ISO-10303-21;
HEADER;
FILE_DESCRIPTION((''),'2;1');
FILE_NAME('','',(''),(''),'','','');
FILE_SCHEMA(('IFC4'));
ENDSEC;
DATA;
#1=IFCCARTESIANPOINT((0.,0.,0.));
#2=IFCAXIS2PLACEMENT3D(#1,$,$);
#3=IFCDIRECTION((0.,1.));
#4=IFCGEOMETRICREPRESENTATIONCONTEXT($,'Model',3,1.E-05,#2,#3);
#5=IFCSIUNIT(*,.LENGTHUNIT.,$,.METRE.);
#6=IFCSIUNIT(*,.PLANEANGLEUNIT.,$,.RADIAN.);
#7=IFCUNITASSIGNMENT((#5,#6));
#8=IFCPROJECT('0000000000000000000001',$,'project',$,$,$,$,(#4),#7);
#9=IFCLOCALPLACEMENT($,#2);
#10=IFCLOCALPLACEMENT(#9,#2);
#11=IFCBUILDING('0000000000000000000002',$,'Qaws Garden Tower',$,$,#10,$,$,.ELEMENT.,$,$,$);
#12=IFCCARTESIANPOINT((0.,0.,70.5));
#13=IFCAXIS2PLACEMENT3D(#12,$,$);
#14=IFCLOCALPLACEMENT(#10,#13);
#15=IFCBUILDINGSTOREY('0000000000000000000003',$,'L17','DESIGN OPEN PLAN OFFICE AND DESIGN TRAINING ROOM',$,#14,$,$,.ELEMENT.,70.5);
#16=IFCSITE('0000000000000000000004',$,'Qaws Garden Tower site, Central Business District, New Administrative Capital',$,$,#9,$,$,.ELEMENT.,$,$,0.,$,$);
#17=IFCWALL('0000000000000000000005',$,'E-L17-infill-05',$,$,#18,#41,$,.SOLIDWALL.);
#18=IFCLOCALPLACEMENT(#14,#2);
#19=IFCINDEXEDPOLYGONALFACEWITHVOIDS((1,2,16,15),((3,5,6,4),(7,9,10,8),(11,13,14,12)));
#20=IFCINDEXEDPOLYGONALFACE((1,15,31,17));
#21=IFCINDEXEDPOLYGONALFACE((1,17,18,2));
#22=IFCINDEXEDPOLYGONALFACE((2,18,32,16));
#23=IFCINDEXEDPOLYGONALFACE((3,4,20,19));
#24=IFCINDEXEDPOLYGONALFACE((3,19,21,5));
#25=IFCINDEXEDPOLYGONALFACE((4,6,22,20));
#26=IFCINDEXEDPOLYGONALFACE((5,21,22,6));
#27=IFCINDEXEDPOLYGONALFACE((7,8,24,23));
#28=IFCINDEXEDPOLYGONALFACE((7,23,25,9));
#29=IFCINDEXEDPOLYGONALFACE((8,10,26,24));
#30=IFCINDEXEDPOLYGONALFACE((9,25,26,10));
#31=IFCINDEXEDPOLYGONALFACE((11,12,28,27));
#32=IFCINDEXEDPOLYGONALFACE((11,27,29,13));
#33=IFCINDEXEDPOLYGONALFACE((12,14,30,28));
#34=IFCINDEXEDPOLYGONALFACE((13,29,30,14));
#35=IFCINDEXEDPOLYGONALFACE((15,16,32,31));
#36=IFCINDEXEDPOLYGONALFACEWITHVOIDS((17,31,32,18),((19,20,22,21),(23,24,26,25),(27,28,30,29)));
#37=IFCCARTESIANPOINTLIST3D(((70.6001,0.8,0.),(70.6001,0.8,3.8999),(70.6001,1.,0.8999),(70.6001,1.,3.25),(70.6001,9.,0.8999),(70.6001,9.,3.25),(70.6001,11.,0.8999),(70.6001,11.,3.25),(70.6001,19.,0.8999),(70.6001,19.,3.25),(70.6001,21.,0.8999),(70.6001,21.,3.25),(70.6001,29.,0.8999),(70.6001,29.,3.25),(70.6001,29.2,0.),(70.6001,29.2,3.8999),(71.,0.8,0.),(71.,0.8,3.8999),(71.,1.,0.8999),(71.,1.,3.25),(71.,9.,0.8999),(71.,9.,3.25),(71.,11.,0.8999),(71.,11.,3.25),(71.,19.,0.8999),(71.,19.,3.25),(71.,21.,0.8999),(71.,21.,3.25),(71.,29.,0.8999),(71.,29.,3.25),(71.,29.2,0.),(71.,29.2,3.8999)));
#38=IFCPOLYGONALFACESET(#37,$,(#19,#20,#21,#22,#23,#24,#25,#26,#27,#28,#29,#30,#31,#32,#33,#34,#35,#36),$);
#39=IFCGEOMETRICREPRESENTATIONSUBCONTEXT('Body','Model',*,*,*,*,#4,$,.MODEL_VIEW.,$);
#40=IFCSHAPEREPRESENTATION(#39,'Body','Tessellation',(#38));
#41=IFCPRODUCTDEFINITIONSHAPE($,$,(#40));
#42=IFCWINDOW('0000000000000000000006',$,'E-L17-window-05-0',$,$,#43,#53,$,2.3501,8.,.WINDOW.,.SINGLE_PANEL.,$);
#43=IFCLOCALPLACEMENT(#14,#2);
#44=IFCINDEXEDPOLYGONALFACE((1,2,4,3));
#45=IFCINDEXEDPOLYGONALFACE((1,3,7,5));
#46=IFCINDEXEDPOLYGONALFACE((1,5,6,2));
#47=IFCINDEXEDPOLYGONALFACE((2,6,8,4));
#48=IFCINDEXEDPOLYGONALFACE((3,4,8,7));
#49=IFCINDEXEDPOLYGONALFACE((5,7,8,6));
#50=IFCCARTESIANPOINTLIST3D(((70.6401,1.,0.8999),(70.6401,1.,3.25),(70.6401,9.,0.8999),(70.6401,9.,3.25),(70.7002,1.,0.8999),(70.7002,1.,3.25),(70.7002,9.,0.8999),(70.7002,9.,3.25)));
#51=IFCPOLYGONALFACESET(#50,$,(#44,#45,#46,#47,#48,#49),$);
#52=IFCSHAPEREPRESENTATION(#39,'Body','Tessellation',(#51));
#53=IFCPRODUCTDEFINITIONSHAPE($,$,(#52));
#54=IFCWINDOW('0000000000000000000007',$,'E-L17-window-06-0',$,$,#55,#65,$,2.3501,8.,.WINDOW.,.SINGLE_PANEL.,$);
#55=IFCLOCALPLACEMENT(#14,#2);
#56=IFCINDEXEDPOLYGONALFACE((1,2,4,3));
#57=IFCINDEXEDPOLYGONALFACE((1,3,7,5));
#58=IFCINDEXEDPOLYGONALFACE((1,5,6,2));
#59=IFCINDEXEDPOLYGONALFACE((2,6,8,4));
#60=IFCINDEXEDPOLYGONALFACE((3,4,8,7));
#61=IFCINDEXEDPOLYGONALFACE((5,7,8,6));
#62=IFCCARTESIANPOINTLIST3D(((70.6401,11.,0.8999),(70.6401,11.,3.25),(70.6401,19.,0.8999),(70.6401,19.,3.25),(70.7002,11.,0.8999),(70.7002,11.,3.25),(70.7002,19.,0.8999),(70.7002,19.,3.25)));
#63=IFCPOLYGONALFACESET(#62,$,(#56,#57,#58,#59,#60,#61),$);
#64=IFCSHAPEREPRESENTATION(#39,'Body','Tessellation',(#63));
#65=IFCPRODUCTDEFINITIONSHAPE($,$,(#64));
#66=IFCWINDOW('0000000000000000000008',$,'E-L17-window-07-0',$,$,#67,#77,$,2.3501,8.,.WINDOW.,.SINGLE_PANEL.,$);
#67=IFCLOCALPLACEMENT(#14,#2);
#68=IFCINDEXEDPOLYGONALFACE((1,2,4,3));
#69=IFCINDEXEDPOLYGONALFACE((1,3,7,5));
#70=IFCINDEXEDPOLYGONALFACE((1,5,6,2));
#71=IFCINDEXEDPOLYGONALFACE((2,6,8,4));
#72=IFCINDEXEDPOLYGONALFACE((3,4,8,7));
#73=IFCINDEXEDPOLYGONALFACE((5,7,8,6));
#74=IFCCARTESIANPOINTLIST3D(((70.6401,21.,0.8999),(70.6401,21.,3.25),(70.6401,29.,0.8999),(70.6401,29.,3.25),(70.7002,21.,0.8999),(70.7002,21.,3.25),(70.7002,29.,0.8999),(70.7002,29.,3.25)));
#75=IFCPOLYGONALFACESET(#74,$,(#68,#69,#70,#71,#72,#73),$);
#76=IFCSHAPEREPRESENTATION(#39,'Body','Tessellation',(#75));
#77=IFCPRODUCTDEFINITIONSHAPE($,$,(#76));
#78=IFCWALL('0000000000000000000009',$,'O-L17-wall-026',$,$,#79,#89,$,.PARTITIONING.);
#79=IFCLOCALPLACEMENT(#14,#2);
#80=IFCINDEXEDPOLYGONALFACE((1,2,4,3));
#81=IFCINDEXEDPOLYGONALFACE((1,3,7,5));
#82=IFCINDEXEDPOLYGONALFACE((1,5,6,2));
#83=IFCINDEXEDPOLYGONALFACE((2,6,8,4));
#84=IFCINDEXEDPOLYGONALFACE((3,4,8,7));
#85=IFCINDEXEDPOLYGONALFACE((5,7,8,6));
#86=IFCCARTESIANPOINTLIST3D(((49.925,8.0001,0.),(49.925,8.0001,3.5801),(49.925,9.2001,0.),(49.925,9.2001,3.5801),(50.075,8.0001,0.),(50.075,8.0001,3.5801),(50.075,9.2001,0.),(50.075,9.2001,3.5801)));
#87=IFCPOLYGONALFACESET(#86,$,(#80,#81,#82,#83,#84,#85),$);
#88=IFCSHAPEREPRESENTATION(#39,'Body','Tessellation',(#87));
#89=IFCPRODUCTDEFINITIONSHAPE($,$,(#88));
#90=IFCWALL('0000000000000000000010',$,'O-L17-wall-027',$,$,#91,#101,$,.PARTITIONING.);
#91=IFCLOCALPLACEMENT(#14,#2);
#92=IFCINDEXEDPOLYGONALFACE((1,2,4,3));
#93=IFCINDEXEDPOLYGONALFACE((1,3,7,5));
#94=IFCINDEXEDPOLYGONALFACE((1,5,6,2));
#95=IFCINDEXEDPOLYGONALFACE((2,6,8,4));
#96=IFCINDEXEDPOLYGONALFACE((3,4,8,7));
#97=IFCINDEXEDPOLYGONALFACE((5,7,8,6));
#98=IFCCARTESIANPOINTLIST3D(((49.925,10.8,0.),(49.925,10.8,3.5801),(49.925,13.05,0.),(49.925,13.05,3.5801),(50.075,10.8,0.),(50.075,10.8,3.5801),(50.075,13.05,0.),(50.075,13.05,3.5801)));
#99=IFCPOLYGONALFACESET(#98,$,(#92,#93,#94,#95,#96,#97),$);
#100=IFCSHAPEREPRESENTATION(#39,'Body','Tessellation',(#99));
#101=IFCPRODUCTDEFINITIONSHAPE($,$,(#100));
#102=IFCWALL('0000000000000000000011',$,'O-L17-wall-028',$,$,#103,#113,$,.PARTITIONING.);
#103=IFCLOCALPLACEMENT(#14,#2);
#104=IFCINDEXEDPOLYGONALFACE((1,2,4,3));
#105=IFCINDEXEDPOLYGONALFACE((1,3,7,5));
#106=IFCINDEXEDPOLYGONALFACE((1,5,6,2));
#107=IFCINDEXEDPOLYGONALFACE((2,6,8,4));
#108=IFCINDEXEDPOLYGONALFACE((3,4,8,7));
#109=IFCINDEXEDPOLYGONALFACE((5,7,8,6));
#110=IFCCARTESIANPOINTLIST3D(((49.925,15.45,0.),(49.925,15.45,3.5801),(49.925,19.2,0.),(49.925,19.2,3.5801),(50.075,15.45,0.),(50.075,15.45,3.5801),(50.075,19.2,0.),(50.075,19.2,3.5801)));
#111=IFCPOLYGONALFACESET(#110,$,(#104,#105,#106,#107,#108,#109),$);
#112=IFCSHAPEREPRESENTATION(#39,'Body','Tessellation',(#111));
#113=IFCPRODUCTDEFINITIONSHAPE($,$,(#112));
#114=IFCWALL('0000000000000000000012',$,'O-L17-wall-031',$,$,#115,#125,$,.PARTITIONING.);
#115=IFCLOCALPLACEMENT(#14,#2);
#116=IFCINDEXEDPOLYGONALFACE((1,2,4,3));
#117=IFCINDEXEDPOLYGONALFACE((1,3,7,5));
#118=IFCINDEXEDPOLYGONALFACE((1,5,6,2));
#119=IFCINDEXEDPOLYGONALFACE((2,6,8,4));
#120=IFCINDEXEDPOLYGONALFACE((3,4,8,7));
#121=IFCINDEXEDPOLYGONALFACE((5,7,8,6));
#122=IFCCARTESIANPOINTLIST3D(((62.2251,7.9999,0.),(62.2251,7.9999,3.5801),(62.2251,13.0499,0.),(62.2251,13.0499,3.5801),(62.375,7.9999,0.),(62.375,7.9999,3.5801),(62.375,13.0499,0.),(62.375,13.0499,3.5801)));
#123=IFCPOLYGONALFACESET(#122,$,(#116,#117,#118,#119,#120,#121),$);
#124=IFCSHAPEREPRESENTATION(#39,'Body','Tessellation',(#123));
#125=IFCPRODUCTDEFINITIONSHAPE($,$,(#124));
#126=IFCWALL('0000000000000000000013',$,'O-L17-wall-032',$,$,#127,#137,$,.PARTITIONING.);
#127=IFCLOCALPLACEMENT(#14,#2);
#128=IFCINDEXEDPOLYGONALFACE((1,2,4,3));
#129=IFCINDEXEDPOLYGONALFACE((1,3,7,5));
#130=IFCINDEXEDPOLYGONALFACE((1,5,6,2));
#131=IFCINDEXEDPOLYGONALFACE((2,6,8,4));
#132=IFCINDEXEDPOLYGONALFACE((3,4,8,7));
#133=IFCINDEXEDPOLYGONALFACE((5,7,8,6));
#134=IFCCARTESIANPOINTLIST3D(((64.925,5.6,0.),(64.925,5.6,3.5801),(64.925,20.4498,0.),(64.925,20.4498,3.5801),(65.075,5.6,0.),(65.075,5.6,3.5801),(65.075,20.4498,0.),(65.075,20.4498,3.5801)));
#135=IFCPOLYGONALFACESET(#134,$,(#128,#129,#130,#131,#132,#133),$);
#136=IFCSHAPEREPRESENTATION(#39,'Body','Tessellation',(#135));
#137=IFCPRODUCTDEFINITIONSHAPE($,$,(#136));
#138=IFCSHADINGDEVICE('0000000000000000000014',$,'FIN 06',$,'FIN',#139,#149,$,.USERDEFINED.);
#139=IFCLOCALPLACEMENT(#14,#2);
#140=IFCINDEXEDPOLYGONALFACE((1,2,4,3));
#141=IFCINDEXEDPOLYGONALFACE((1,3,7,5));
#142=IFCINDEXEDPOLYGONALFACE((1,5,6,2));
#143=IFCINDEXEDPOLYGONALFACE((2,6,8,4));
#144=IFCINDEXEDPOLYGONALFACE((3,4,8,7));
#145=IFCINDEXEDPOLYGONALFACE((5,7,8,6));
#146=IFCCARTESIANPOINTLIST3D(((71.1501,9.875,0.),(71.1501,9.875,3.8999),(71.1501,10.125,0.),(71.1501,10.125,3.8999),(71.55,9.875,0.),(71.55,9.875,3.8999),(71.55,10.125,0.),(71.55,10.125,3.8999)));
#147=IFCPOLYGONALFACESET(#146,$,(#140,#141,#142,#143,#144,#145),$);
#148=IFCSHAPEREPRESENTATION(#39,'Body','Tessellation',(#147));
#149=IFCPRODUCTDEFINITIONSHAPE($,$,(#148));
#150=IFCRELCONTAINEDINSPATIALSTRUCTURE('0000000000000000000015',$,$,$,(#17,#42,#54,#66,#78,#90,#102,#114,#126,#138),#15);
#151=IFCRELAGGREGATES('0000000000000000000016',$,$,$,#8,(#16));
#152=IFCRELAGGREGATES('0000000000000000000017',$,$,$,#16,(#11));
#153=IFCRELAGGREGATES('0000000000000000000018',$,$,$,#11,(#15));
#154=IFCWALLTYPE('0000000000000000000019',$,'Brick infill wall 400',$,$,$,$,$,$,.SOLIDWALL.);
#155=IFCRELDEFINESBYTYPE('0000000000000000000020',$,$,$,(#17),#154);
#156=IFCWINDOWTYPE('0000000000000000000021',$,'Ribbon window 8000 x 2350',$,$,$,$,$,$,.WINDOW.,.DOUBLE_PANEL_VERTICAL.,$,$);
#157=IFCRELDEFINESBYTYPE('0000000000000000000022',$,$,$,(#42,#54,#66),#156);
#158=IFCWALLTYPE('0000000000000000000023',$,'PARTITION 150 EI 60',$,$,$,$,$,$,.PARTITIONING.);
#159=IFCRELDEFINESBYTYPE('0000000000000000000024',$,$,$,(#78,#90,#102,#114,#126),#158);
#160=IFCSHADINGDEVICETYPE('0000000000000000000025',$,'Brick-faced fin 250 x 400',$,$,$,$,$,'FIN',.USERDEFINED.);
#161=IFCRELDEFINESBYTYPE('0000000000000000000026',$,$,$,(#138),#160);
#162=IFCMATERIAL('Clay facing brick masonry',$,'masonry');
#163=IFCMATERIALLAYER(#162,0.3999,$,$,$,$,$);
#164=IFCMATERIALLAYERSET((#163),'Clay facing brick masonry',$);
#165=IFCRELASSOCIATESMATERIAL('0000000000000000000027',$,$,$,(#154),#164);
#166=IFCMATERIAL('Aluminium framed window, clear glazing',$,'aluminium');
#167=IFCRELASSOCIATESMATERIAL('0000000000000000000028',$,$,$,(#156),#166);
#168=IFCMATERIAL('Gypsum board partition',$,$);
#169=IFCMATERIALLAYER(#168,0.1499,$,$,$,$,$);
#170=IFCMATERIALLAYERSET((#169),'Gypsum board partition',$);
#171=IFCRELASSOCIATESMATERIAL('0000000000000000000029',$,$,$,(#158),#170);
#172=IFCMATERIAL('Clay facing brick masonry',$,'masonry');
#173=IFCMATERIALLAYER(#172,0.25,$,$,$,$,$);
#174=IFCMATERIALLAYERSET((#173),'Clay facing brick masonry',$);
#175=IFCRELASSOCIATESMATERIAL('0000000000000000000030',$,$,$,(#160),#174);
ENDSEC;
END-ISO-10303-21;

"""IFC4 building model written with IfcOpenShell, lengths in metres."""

from ifc_helpers import new_model, si_unit, direction, frame, frame_2d, origin, origin_2d, place, context, subcontext, project, spatial, rectangle, extrude, material, layer, layer_set, type_object, element, fill, save


model = new_model("IFC4")

# Units and contexts
model_context = context("Model", 3, precision=1e-05, world=origin(), true_north=direction((0.0, 1.0)))
body_context = subcontext(model_context, "Body", "Model", "MODEL_VIEW")
ifc_project = project(units=[si_unit("LENGTHUNIT", "METRE"), si_unit("PLANEANGLEUNIT", "RADIAN")], contexts=[model_context])

# Site, building, storey
site_placement = place(None, origin())
site = spatial("IfcSite", under=ifc_project, at=site_placement, Name="Qaws Garden Tower site, Central Business District, New Administrative Capital", CompositionType="ELEMENT", RefElevation=0.0)
building_placement = place(site_placement, origin())
building = spatial("IfcBuilding", under=site, at=building_placement, Name="Qaws Garden Tower", CompositionType="ELEMENT")
storey_placement = place(building_placement, frame((0.0, 0.0, 70.5)))
storey = spatial("IfcBuildingStorey", under=building, at=storey_placement, Name="L17", Description="DESIGN OPEN PLAN OFFICE AND DESIGN TRAINING ROOM", CompositionType="ELEMENT", Elevation=70.5)

# Wall, openings, windows
ifc_material_1 = material(Name="Clay facing brick masonry", Category="masonry")
ifc_layer_1 = layer(ifc_material_1, 0.3999)
ifc_layer_set_1 = layer_set([ifc_layer_1], Name="Clay facing brick masonry")
wall_type_1 = type_object("IfcWallType", Name="Brick infill wall 400", PredefinedType="SOLIDWALL", material=ifc_layer_set_1)
wall_1_placement = place(storey_placement, frame((70.8, 0.8, 0.0), z_axis=(0.0, 0.0, 1.0), x_axis=(0.0, 1.0, 0.0)))
wall_1 = element("IfcWall", 1, at=wall_1_placement, inside=storey, type_object=wall_type_1, Name="E-L17-infill-05", PredefinedType="SOLIDWALL", context=body_context, shape_type="SweptSolid", body=[
    extrude(rectangle(XDim=28.3999, YDim=0.3999, at=frame_2d((14.2, 0.0))), origin(), (0.0, 0.0, 1.0), 3.8999),
])
opening_1_placement = place(wall_1_placement, frame((0.2, 0.0, 0.8999)))
opening_1 = element("IfcOpeningElement", 2, at=opening_1_placement, cuts=wall_1, PredefinedType="OPENING", context=body_context, shape_type="SweptSolid", body=[
    extrude(rectangle(XDim=8.0, YDim=2.3501, at=frame_2d((4.0, 1.175))), frame((0.0, 0.21, 0.0), z_axis=(0.0, -1.0, 0.0), x_axis=(1.0, 0.0, 0.0)), (0.0, 0.0, 1.0), 0.4199),
])
opening_2_placement = place(wall_1_placement, frame((10.2, 0.0, 0.8999)))
opening_2 = element("IfcOpeningElement", 3, at=opening_2_placement, cuts=wall_1, PredefinedType="OPENING", context=body_context, shape_type="SweptSolid", body=[
    extrude(rectangle(XDim=8.0, YDim=2.3501, at=frame_2d((4.0, 1.175))), frame((0.0, 0.21, 0.0), z_axis=(0.0, -1.0, 0.0), x_axis=(1.0, 0.0, 0.0)), (0.0, 0.0, 1.0), 0.4199),
])
opening_3_placement = place(wall_1_placement, frame((20.2, 0.0, 0.8999)))
opening_3 = element("IfcOpeningElement", 4, at=opening_3_placement, cuts=wall_1, PredefinedType="OPENING", context=body_context, shape_type="SweptSolid", body=[
    extrude(rectangle(XDim=8.0, YDim=2.3501, at=frame_2d((4.0, 1.175))), frame((0.0, 0.21, 0.0), z_axis=(0.0, -1.0, 0.0), x_axis=(1.0, 0.0, 0.0)), (0.0, 0.0, 1.0), 0.4199),
])
ifc_material_2 = material(Name="Aluminium framed window, clear glazing", Category="aluminium")
window_type = type_object("IfcWindowType", Name="Ribbon window 8000 x 2350", PartitioningType="DOUBLE_PANEL_VERTICAL", PredefinedType="WINDOW", material=ifc_material_2)
window_1_placement = place(opening_1_placement, origin())
window_1 = element("IfcWindow", 5, at=window_1_placement, inside=storey, type_object=window_type, Name="E-L17-window-05-0", OverallHeight=2.3501, OverallWidth=8.0, PartitioningType="SINGLE_PANEL", PredefinedType="WINDOW", context=body_context, shape_type="SweptSolid", body=[
    extrude(rectangle(XDim=8.0, YDim=2.3501, at=frame_2d((4.0, 1.175))), frame((0.0, 0.1599, 0.0), z_axis=(0.0, -1.0, 0.0), x_axis=(1.0, 0.0, 0.0)), (0.0, 0.0, 1.0), 0.0601),
])
fill(opening_1, window_1)
window_2_placement = place(opening_2_placement, origin())
window_2 = element("IfcWindow", 6, at=window_2_placement, inside=storey, type_object=window_type, Name="E-L17-window-06-0", OverallHeight=2.3501, OverallWidth=8.0, PartitioningType="SINGLE_PANEL", PredefinedType="WINDOW", context=body_context, shape_type="SweptSolid", body=[
    extrude(rectangle(XDim=8.0, YDim=2.3501, at=frame_2d((4.0, 1.175))), frame((0.0, 0.1599, 0.0), z_axis=(0.0, -1.0, 0.0), x_axis=(1.0, 0.0, 0.0)), (0.0, 0.0, 1.0), 0.0601),
])
fill(opening_2, window_2)
window_3_placement = place(opening_3_placement, origin())
window_3 = element("IfcWindow", 7, at=window_3_placement, inside=storey, type_object=window_type, Name="E-L17-window-07-0", OverallHeight=2.3501, OverallWidth=8.0, PartitioningType="SINGLE_PANEL", PredefinedType="WINDOW", context=body_context, shape_type="SweptSolid", body=[
    extrude(rectangle(XDim=8.0, YDim=2.3501, at=frame_2d((4.0, 1.175))), frame((0.0, 0.1599, 0.0), z_axis=(0.0, -1.0, 0.0), x_axis=(1.0, 0.0, 0.0)), (0.0, 0.0, 1.0), 0.0601),
])
fill(opening_3, window_3)

# Walls
ifc_material_3 = material(Name="Gypsum board partition")
ifc_layer_2 = layer(ifc_material_3, 0.1499)
ifc_layer_set_2 = layer_set([ifc_layer_2], Name="Gypsum board partition")
wall_type_2 = type_object("IfcWallType", Name="PARTITION 150 EI 60", PredefinedType="PARTITIONING", material=ifc_layer_set_2)
wall_2_placement = place(storey_placement, frame((50.0, 8.0, 0.0), z_axis=(0.0, 0.0, 1.0), x_axis=(0.0, 1.0, 0.0)))
element("IfcWall", 8, at=wall_2_placement, inside=storey, type_object=wall_type_2, Name="O-L17-wall-026", PredefinedType="PARTITIONING", context=body_context, shape_type="SweptSolid", body=[
    extrude(rectangle(XDim=1.2, YDim=0.1499, at=frame_2d((0.6001, 0.0))), origin(), (0.0, 0.0, 1.0), 3.5801),
])
wall_3_placement = place(storey_placement, frame((50.0, 10.8, 0.0), z_axis=(0.0, 0.0, 1.0), x_axis=(0.0, 1.0, 0.0)))
element("IfcWall", 9, at=wall_3_placement, inside=storey, type_object=wall_type_2, Name="O-L17-wall-027", PredefinedType="PARTITIONING", context=body_context, shape_type="SweptSolid", body=[
    extrude(rectangle(XDim=2.25, YDim=0.1499, at=frame_2d((1.125, 0.0))), origin(), (0.0, 0.0, 1.0), 3.5801),
])
wall_4_placement = place(storey_placement, frame((50.0, 15.45, 0.0), z_axis=(0.0, 0.0, 1.0), x_axis=(0.0, 1.0, 0.0)))
element("IfcWall", 10, at=wall_4_placement, inside=storey, type_object=wall_type_2, Name="O-L17-wall-028", PredefinedType="PARTITIONING", context=body_context, shape_type="SweptSolid", body=[
    extrude(rectangle(XDim=3.75, YDim=0.1499, at=frame_2d((1.875, 0.0))), origin(), (0.0, 0.0, 1.0), 3.5801),
])
wall_5_placement = place(storey_placement, frame((62.3, 8.0, 0.0), z_axis=(0.0, 0.0, 1.0), x_axis=(0.0, 1.0, 0.0)))
element("IfcWall", 11, at=wall_5_placement, inside=storey, type_object=wall_type_2, Name="O-L17-wall-031", PredefinedType="PARTITIONING", context=body_context, shape_type="SweptSolid", body=[
    extrude(rectangle(XDim=5.05, YDim=0.1499, at=frame_2d((2.5249, 0.0))), origin(), (0.0, 0.0, 1.0), 3.5801),
])
wall_6_placement = place(storey_placement, frame((65.0, 5.6001, 0.0), z_axis=(0.0, 0.0, 1.0), x_axis=(0.0, 1.0, 0.0)))
element("IfcWall", 12, at=wall_6_placement, inside=storey, type_object=wall_type_2, Name="O-L17-wall-032", PredefinedType="PARTITIONING", context=body_context, shape_type="SweptSolid", body=[
    extrude(rectangle(XDim=14.8499, YDim=0.1499, at=frame_2d((7.4248, 0.0))), origin(), (0.0, 0.0, 1.0), 3.5801),
])

# Shading device
ifc_material_4 = material(Name="Clay facing brick masonry", Category="masonry")
ifc_layer_3 = layer(ifc_material_4, 0.25)
ifc_layer_set_3 = layer_set([ifc_layer_3], Name="Clay facing brick masonry")
shading_device_type = type_object("IfcShadingDeviceType", Name="Brick-faced fin 250 x 400", ElementType="FIN", PredefinedType="USERDEFINED", material=ifc_layer_set_3)
shading_device_placement = place(storey_placement, frame((71.3501, 10.0, 0.0), z_axis=(0.0, 0.0, 1.0), x_axis=(0.0, 1.0, 0.0)))
element("IfcShadingDevice", 13, at=shading_device_placement, inside=storey, type_object=shading_device_type, Name="FIN 06", ObjectType="FIN", PredefinedType="USERDEFINED", context=body_context, shape_type="SweptSolid", body=[
    extrude(rectangle(XDim=0.25, YDim=0.3999, at=origin_2d()), origin(), (0.0, 0.0, 1.0), 3.8999),
])

save(model, "model.ifc")
